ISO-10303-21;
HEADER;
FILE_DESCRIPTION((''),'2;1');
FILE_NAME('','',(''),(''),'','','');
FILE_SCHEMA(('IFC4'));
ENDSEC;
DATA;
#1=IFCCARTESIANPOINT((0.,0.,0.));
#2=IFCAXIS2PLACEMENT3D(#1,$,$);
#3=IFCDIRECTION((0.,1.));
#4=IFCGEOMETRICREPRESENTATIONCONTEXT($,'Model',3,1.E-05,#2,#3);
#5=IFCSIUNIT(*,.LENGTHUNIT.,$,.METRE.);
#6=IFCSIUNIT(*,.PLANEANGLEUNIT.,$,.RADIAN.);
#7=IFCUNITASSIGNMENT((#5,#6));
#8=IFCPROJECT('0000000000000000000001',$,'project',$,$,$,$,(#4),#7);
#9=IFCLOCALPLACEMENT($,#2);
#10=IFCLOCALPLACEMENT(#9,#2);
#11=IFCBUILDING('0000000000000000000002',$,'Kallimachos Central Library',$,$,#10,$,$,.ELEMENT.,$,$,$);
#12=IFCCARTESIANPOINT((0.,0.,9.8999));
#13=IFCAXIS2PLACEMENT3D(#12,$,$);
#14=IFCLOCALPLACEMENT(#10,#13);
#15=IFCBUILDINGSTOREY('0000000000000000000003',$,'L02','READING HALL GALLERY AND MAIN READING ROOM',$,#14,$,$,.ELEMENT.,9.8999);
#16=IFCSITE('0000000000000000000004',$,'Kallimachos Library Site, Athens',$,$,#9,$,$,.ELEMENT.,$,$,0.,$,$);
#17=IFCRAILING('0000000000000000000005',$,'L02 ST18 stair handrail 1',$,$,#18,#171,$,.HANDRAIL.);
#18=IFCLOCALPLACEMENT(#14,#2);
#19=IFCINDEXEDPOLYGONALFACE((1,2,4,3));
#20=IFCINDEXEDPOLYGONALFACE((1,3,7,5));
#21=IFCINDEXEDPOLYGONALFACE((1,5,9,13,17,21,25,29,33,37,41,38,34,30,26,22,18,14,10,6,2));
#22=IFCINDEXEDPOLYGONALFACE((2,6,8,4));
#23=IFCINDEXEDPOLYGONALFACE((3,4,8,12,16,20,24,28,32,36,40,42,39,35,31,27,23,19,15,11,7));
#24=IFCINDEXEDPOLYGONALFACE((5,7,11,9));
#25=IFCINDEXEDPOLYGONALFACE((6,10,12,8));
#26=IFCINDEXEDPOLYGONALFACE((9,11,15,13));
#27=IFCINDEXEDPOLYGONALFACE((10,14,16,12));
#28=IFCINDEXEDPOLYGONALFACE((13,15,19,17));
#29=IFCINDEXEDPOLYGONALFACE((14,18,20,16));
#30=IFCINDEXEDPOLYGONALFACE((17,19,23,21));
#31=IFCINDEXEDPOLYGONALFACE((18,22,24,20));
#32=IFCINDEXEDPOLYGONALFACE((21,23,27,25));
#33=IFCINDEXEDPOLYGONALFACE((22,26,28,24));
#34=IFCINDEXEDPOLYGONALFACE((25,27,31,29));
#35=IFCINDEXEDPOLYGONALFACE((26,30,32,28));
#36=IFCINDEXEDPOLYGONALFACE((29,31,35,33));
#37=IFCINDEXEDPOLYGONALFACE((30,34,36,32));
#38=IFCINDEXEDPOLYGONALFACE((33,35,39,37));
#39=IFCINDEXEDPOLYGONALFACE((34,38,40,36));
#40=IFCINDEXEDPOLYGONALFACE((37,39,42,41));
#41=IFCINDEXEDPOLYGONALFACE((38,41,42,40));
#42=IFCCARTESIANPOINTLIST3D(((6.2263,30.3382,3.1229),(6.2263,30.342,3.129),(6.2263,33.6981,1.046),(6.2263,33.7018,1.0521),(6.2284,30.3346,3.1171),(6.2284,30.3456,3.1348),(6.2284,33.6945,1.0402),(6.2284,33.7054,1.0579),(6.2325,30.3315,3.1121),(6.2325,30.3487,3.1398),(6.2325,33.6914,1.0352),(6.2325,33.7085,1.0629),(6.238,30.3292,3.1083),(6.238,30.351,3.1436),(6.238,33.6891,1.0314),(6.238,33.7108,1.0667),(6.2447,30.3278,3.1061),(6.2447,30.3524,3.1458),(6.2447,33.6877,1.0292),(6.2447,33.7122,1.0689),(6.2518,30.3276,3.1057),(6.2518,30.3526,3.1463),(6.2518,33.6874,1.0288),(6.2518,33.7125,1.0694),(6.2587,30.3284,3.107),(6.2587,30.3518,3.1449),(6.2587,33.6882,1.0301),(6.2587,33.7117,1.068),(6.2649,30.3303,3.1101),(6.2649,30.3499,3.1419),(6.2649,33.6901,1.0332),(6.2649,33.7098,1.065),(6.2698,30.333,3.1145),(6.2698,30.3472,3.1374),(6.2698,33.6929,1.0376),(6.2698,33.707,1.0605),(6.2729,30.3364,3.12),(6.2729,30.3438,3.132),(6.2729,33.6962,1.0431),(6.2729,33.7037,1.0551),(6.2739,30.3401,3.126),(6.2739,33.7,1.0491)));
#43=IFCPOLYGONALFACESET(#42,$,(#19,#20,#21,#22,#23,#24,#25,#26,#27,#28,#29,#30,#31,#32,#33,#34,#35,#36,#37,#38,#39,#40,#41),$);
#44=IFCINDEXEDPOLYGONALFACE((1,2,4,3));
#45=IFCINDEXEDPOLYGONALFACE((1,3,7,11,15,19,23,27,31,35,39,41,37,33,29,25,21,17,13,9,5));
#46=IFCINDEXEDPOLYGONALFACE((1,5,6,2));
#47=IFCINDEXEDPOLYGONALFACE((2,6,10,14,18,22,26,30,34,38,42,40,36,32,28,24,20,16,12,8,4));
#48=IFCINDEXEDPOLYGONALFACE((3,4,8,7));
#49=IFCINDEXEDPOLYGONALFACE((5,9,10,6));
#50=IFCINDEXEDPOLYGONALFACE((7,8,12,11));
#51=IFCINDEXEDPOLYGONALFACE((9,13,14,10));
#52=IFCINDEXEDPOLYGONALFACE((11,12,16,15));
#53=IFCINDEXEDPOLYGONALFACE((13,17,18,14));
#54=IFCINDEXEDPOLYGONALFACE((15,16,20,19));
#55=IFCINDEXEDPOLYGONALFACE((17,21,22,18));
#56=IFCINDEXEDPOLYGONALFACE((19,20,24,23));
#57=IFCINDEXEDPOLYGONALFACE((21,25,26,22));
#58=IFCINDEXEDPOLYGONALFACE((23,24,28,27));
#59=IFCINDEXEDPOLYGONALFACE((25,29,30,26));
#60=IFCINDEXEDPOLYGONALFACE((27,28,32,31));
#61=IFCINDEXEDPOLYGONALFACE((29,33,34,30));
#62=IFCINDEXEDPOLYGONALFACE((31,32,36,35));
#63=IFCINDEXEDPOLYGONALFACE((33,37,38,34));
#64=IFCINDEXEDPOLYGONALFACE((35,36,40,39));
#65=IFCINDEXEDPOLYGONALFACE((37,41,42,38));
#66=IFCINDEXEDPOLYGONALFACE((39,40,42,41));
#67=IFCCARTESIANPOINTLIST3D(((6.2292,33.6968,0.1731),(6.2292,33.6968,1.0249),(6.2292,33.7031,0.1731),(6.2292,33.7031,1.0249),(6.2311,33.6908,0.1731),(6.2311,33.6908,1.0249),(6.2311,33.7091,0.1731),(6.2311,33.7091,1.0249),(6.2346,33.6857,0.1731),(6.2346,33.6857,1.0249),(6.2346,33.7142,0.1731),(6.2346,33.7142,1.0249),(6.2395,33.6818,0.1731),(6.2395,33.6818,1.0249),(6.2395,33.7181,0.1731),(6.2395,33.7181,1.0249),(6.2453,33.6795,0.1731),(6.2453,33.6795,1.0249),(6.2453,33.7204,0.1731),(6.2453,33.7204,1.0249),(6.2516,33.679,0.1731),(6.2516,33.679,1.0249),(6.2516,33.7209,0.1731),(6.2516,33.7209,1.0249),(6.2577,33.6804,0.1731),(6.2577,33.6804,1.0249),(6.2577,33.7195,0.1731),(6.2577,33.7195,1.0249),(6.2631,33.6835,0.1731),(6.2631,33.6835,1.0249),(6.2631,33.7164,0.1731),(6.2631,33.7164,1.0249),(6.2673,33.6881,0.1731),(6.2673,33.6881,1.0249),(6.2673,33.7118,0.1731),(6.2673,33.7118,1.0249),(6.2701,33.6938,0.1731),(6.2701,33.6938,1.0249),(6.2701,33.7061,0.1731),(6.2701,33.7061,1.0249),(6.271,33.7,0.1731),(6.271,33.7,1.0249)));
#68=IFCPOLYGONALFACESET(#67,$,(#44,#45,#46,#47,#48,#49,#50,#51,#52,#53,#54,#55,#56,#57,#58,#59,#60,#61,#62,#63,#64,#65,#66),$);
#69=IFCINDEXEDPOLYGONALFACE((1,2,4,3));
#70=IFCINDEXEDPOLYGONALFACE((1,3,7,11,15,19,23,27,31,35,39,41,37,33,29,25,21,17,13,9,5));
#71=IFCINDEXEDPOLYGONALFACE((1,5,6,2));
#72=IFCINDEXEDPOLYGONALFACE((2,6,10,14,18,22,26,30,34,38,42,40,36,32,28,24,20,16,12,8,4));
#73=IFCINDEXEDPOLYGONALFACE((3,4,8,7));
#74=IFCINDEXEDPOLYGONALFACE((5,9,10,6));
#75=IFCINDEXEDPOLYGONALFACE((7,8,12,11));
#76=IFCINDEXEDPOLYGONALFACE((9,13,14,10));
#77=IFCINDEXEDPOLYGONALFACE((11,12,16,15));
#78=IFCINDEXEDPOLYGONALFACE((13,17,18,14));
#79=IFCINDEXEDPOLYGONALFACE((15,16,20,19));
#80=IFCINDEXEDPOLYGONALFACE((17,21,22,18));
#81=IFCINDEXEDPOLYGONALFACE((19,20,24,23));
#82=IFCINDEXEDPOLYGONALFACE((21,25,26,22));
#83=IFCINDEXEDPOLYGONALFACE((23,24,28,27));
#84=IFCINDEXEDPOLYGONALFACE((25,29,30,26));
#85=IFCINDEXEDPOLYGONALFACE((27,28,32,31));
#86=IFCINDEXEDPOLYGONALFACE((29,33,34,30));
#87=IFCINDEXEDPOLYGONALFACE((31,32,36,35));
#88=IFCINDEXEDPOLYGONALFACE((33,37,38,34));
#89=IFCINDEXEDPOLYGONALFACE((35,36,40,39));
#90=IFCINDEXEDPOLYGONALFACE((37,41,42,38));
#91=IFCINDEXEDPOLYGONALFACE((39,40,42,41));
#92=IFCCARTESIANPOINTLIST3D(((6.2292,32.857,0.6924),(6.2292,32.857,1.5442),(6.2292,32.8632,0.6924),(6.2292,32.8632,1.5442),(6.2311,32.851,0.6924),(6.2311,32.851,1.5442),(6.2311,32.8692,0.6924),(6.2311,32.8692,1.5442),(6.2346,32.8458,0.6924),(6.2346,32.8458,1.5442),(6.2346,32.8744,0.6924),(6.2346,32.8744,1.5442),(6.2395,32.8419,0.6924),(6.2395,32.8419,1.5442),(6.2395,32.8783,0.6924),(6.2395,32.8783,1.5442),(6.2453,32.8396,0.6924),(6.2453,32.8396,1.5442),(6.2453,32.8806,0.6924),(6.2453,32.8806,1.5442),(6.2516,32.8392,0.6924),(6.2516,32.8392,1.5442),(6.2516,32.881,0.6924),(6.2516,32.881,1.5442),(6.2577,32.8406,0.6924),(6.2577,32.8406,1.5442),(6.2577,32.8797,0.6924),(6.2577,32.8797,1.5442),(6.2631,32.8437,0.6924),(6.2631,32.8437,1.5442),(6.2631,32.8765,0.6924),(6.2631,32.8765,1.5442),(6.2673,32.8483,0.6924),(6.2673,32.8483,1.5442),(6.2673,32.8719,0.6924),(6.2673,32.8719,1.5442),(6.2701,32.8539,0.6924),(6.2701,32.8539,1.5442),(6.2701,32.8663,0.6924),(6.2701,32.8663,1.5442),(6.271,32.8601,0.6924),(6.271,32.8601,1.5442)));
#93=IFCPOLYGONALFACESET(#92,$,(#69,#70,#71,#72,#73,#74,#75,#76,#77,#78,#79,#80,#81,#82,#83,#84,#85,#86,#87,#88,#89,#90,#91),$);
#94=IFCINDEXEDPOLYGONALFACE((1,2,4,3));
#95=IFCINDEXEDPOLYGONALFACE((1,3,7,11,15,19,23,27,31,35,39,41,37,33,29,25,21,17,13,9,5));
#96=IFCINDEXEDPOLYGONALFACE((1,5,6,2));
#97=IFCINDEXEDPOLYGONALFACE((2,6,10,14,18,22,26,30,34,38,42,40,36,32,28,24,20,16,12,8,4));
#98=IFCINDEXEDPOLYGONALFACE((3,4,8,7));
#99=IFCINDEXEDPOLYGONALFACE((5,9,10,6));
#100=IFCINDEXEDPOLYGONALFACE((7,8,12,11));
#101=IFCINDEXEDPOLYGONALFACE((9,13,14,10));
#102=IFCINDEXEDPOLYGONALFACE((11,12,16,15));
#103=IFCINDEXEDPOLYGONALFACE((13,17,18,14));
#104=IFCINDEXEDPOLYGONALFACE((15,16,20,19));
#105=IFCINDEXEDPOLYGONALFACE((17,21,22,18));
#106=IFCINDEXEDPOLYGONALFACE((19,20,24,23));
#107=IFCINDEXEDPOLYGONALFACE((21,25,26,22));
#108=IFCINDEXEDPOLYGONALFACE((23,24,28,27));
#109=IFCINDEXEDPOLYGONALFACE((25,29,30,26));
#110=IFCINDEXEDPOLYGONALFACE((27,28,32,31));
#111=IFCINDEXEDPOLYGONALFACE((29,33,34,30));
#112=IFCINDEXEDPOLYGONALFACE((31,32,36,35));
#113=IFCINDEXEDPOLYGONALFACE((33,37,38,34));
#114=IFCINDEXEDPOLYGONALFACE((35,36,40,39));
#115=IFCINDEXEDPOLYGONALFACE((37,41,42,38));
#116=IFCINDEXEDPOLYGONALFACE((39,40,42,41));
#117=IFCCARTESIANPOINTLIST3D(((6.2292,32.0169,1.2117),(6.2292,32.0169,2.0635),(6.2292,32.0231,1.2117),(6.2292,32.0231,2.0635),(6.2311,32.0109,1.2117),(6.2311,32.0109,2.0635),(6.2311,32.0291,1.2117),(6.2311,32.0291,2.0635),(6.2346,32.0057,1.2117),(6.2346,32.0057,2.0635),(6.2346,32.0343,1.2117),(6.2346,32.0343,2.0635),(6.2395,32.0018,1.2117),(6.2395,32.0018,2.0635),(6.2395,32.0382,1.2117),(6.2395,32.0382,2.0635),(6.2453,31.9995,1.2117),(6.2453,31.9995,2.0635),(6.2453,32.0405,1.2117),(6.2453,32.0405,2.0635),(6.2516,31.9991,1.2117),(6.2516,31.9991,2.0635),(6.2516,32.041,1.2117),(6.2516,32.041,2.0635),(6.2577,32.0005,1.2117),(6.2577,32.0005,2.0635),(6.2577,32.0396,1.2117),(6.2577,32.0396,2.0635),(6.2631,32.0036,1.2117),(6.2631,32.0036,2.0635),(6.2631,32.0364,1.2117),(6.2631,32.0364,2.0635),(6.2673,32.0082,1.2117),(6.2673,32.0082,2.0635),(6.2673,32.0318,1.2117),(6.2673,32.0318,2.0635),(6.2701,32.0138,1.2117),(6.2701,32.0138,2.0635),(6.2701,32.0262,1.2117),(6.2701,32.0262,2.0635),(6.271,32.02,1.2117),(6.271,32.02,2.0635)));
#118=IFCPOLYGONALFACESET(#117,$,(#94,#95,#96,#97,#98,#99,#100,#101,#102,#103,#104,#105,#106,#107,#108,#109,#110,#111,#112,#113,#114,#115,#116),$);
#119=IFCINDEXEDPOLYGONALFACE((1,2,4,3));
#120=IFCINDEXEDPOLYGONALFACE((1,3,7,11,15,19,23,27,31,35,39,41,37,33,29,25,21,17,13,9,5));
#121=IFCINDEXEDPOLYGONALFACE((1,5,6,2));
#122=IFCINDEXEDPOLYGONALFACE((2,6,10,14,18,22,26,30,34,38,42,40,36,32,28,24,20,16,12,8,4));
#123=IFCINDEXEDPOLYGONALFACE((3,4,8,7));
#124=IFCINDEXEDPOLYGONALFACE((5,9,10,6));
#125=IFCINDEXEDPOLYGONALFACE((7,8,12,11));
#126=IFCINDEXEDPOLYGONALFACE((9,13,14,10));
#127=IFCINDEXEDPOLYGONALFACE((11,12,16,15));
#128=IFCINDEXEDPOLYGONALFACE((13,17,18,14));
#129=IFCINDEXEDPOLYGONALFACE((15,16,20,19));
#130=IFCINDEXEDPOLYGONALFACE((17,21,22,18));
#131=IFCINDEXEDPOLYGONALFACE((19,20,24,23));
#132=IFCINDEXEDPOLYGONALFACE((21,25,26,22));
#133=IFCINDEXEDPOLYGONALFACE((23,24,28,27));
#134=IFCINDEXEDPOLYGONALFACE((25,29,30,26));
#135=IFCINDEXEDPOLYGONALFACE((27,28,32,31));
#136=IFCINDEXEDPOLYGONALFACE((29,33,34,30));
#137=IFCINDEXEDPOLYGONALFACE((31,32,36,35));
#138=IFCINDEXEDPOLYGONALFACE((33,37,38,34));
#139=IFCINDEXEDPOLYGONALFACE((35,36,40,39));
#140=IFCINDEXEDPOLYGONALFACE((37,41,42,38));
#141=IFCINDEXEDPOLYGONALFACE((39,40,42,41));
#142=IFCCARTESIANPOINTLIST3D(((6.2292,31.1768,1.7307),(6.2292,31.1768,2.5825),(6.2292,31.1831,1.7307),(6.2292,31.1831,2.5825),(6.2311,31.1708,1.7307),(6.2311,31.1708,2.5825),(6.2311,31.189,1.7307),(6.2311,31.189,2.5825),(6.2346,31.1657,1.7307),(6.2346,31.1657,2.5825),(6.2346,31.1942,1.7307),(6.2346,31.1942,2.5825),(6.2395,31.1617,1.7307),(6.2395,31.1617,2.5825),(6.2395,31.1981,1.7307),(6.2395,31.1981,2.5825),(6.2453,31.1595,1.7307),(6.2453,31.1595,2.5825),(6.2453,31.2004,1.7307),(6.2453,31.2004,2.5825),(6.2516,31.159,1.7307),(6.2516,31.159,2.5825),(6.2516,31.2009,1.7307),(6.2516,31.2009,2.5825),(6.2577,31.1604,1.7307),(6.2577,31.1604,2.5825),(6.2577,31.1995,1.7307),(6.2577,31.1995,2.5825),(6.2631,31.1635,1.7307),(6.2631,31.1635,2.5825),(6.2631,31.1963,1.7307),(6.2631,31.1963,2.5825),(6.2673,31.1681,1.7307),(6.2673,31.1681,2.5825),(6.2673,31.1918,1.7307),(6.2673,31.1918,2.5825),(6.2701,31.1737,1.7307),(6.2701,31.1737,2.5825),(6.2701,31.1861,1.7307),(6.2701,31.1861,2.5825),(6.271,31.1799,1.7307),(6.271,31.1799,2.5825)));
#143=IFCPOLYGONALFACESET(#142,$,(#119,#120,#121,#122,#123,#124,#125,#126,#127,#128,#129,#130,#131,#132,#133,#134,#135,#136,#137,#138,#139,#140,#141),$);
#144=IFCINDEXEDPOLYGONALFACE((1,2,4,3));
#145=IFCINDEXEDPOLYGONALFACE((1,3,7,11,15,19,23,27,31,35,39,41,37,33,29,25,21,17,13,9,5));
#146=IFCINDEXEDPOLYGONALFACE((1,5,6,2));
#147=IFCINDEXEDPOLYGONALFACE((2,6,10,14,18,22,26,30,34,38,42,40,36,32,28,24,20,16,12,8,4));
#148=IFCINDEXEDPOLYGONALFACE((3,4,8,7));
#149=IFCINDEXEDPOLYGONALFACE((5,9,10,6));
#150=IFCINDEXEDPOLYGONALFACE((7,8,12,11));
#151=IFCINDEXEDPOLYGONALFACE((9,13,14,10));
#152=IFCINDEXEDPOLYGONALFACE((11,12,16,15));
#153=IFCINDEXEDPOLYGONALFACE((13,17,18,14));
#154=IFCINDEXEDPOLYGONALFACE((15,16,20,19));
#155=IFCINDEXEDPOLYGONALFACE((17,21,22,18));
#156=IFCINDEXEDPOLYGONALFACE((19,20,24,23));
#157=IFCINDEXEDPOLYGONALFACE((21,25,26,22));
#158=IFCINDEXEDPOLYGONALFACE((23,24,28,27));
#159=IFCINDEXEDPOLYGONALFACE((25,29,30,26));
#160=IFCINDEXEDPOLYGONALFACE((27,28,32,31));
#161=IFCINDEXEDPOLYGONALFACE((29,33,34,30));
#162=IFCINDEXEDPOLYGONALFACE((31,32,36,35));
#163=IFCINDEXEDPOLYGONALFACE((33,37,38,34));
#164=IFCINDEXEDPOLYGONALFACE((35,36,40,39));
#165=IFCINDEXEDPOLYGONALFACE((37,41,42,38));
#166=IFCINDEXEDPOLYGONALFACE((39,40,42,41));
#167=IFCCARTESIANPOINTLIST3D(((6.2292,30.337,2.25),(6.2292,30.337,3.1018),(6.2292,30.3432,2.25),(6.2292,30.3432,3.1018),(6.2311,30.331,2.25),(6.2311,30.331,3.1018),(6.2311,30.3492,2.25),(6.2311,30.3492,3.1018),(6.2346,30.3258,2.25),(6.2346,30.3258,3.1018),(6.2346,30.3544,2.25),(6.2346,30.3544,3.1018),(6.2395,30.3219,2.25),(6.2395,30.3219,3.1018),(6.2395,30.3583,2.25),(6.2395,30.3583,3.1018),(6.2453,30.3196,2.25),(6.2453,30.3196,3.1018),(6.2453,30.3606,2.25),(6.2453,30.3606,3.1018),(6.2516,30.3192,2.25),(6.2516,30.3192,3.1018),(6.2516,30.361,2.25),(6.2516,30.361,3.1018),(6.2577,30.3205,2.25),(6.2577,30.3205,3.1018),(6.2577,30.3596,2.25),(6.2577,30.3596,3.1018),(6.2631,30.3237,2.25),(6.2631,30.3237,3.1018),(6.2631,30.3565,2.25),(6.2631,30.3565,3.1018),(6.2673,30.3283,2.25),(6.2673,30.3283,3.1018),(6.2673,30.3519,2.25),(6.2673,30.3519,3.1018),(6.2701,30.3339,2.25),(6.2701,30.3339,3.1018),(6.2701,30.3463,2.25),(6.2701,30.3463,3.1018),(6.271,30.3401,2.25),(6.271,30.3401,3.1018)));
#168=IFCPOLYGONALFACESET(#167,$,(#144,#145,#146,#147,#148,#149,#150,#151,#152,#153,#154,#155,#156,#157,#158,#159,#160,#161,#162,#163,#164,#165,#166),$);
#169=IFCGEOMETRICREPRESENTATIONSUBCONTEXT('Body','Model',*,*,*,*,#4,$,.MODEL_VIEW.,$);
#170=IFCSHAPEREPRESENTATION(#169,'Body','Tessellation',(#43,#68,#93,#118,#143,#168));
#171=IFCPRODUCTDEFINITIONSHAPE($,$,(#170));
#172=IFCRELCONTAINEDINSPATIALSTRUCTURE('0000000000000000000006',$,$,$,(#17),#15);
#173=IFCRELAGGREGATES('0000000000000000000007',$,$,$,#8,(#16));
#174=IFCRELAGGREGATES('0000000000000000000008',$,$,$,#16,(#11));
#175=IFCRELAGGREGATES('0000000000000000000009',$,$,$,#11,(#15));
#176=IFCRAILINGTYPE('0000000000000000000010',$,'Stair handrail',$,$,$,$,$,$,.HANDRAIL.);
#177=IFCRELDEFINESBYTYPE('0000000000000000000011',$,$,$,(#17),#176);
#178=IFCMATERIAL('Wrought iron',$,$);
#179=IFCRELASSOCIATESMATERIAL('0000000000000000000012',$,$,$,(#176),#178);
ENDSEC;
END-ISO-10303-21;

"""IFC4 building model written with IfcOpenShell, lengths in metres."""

from ifc_helpers import new_model, si_unit, direction, frame, origin, origin_2d, place, context, subcontext, project, spatial, circle, extrude, material, type_object, element, save


model = new_model("IFC4")

# Units and contexts
model_context = context("Model", 3, precision=1e-05, world=origin(), true_north=direction((0.0, 1.0)))
body_context = subcontext(model_context, "Body", "Model", "MODEL_VIEW")
ifc_project = project(units=[si_unit("LENGTHUNIT", "METRE"), si_unit("PLANEANGLEUNIT", "RADIAN")], contexts=[model_context])

# Site, building, storey
site_placement = place(None, origin())
site = spatial("IfcSite", under=ifc_project, at=site_placement, Name="Kallimachos Library Site, Athens", CompositionType="ELEMENT", RefElevation=0.0)
building_placement = place(site_placement, origin())
building = spatial("IfcBuilding", under=site, at=building_placement, Name="Kallimachos Central Library", CompositionType="ELEMENT")
storey_placement = place(building_placement, frame((0.0, 0.0, 9.8999)))
storey = spatial("IfcBuildingStorey", under=building, at=storey_placement, Name="L02", Description="READING HALL GALLERY AND MAIN READING ROOM", CompositionType="ELEMENT", Elevation=9.8999)

# Railing
ifc_material_1 = material(Name="Wrought iron")
railing_type_1 = type_object("IfcRailingType", Name="Stair handrail", PredefinedType="HANDRAIL", material=ifc_material_1)
railing_1_placement = place(storey_placement, frame((6.25, 33.7, 0.1731)))
element("IfcRailing", 1, at=railing_1_placement, inside=storey, type_object=railing_type_1, Name="L02 ST18 stair handrail 1", PredefinedType="HANDRAIL", context=body_context, shape_type="SweptSolid", body=[
    extrude(circle(Radius=0.0239, at=origin_2d()), frame((0.0, 0.0, 0.876), z_axis=(0.0, -0.850606, 0.525803), x_axis=(1.0, 0.0, 0.0)), (0.0, 0.0, 1.0), 3.95),
    extrude(circle(Radius=0.021, at=origin_2d()), origin(), (0.0, 0.0, 1.0), 0.8518),
    extrude(circle(Radius=0.021, at=origin_2d()), frame((0.0, -0.8398, 0.5193)), (0.0, 0.0, 1.0), 0.8518),
    extrude(circle(Radius=0.021, at=origin_2d()), frame((0.0, -1.6799, 1.0386)), (0.0, 0.0, 1.0), 0.8518),
    extrude(circle(Radius=0.021, at=origin_2d()), frame((0.0, -2.52, 1.5576)), (0.0, 0.0, 1.0), 0.8518),
    extrude(circle(Radius=0.021, at=origin_2d()), frame((0.0, -3.3599, 2.0769)), (0.0, 0.0, 1.0), 0.8518),
])

save(model, "model.ifc")
